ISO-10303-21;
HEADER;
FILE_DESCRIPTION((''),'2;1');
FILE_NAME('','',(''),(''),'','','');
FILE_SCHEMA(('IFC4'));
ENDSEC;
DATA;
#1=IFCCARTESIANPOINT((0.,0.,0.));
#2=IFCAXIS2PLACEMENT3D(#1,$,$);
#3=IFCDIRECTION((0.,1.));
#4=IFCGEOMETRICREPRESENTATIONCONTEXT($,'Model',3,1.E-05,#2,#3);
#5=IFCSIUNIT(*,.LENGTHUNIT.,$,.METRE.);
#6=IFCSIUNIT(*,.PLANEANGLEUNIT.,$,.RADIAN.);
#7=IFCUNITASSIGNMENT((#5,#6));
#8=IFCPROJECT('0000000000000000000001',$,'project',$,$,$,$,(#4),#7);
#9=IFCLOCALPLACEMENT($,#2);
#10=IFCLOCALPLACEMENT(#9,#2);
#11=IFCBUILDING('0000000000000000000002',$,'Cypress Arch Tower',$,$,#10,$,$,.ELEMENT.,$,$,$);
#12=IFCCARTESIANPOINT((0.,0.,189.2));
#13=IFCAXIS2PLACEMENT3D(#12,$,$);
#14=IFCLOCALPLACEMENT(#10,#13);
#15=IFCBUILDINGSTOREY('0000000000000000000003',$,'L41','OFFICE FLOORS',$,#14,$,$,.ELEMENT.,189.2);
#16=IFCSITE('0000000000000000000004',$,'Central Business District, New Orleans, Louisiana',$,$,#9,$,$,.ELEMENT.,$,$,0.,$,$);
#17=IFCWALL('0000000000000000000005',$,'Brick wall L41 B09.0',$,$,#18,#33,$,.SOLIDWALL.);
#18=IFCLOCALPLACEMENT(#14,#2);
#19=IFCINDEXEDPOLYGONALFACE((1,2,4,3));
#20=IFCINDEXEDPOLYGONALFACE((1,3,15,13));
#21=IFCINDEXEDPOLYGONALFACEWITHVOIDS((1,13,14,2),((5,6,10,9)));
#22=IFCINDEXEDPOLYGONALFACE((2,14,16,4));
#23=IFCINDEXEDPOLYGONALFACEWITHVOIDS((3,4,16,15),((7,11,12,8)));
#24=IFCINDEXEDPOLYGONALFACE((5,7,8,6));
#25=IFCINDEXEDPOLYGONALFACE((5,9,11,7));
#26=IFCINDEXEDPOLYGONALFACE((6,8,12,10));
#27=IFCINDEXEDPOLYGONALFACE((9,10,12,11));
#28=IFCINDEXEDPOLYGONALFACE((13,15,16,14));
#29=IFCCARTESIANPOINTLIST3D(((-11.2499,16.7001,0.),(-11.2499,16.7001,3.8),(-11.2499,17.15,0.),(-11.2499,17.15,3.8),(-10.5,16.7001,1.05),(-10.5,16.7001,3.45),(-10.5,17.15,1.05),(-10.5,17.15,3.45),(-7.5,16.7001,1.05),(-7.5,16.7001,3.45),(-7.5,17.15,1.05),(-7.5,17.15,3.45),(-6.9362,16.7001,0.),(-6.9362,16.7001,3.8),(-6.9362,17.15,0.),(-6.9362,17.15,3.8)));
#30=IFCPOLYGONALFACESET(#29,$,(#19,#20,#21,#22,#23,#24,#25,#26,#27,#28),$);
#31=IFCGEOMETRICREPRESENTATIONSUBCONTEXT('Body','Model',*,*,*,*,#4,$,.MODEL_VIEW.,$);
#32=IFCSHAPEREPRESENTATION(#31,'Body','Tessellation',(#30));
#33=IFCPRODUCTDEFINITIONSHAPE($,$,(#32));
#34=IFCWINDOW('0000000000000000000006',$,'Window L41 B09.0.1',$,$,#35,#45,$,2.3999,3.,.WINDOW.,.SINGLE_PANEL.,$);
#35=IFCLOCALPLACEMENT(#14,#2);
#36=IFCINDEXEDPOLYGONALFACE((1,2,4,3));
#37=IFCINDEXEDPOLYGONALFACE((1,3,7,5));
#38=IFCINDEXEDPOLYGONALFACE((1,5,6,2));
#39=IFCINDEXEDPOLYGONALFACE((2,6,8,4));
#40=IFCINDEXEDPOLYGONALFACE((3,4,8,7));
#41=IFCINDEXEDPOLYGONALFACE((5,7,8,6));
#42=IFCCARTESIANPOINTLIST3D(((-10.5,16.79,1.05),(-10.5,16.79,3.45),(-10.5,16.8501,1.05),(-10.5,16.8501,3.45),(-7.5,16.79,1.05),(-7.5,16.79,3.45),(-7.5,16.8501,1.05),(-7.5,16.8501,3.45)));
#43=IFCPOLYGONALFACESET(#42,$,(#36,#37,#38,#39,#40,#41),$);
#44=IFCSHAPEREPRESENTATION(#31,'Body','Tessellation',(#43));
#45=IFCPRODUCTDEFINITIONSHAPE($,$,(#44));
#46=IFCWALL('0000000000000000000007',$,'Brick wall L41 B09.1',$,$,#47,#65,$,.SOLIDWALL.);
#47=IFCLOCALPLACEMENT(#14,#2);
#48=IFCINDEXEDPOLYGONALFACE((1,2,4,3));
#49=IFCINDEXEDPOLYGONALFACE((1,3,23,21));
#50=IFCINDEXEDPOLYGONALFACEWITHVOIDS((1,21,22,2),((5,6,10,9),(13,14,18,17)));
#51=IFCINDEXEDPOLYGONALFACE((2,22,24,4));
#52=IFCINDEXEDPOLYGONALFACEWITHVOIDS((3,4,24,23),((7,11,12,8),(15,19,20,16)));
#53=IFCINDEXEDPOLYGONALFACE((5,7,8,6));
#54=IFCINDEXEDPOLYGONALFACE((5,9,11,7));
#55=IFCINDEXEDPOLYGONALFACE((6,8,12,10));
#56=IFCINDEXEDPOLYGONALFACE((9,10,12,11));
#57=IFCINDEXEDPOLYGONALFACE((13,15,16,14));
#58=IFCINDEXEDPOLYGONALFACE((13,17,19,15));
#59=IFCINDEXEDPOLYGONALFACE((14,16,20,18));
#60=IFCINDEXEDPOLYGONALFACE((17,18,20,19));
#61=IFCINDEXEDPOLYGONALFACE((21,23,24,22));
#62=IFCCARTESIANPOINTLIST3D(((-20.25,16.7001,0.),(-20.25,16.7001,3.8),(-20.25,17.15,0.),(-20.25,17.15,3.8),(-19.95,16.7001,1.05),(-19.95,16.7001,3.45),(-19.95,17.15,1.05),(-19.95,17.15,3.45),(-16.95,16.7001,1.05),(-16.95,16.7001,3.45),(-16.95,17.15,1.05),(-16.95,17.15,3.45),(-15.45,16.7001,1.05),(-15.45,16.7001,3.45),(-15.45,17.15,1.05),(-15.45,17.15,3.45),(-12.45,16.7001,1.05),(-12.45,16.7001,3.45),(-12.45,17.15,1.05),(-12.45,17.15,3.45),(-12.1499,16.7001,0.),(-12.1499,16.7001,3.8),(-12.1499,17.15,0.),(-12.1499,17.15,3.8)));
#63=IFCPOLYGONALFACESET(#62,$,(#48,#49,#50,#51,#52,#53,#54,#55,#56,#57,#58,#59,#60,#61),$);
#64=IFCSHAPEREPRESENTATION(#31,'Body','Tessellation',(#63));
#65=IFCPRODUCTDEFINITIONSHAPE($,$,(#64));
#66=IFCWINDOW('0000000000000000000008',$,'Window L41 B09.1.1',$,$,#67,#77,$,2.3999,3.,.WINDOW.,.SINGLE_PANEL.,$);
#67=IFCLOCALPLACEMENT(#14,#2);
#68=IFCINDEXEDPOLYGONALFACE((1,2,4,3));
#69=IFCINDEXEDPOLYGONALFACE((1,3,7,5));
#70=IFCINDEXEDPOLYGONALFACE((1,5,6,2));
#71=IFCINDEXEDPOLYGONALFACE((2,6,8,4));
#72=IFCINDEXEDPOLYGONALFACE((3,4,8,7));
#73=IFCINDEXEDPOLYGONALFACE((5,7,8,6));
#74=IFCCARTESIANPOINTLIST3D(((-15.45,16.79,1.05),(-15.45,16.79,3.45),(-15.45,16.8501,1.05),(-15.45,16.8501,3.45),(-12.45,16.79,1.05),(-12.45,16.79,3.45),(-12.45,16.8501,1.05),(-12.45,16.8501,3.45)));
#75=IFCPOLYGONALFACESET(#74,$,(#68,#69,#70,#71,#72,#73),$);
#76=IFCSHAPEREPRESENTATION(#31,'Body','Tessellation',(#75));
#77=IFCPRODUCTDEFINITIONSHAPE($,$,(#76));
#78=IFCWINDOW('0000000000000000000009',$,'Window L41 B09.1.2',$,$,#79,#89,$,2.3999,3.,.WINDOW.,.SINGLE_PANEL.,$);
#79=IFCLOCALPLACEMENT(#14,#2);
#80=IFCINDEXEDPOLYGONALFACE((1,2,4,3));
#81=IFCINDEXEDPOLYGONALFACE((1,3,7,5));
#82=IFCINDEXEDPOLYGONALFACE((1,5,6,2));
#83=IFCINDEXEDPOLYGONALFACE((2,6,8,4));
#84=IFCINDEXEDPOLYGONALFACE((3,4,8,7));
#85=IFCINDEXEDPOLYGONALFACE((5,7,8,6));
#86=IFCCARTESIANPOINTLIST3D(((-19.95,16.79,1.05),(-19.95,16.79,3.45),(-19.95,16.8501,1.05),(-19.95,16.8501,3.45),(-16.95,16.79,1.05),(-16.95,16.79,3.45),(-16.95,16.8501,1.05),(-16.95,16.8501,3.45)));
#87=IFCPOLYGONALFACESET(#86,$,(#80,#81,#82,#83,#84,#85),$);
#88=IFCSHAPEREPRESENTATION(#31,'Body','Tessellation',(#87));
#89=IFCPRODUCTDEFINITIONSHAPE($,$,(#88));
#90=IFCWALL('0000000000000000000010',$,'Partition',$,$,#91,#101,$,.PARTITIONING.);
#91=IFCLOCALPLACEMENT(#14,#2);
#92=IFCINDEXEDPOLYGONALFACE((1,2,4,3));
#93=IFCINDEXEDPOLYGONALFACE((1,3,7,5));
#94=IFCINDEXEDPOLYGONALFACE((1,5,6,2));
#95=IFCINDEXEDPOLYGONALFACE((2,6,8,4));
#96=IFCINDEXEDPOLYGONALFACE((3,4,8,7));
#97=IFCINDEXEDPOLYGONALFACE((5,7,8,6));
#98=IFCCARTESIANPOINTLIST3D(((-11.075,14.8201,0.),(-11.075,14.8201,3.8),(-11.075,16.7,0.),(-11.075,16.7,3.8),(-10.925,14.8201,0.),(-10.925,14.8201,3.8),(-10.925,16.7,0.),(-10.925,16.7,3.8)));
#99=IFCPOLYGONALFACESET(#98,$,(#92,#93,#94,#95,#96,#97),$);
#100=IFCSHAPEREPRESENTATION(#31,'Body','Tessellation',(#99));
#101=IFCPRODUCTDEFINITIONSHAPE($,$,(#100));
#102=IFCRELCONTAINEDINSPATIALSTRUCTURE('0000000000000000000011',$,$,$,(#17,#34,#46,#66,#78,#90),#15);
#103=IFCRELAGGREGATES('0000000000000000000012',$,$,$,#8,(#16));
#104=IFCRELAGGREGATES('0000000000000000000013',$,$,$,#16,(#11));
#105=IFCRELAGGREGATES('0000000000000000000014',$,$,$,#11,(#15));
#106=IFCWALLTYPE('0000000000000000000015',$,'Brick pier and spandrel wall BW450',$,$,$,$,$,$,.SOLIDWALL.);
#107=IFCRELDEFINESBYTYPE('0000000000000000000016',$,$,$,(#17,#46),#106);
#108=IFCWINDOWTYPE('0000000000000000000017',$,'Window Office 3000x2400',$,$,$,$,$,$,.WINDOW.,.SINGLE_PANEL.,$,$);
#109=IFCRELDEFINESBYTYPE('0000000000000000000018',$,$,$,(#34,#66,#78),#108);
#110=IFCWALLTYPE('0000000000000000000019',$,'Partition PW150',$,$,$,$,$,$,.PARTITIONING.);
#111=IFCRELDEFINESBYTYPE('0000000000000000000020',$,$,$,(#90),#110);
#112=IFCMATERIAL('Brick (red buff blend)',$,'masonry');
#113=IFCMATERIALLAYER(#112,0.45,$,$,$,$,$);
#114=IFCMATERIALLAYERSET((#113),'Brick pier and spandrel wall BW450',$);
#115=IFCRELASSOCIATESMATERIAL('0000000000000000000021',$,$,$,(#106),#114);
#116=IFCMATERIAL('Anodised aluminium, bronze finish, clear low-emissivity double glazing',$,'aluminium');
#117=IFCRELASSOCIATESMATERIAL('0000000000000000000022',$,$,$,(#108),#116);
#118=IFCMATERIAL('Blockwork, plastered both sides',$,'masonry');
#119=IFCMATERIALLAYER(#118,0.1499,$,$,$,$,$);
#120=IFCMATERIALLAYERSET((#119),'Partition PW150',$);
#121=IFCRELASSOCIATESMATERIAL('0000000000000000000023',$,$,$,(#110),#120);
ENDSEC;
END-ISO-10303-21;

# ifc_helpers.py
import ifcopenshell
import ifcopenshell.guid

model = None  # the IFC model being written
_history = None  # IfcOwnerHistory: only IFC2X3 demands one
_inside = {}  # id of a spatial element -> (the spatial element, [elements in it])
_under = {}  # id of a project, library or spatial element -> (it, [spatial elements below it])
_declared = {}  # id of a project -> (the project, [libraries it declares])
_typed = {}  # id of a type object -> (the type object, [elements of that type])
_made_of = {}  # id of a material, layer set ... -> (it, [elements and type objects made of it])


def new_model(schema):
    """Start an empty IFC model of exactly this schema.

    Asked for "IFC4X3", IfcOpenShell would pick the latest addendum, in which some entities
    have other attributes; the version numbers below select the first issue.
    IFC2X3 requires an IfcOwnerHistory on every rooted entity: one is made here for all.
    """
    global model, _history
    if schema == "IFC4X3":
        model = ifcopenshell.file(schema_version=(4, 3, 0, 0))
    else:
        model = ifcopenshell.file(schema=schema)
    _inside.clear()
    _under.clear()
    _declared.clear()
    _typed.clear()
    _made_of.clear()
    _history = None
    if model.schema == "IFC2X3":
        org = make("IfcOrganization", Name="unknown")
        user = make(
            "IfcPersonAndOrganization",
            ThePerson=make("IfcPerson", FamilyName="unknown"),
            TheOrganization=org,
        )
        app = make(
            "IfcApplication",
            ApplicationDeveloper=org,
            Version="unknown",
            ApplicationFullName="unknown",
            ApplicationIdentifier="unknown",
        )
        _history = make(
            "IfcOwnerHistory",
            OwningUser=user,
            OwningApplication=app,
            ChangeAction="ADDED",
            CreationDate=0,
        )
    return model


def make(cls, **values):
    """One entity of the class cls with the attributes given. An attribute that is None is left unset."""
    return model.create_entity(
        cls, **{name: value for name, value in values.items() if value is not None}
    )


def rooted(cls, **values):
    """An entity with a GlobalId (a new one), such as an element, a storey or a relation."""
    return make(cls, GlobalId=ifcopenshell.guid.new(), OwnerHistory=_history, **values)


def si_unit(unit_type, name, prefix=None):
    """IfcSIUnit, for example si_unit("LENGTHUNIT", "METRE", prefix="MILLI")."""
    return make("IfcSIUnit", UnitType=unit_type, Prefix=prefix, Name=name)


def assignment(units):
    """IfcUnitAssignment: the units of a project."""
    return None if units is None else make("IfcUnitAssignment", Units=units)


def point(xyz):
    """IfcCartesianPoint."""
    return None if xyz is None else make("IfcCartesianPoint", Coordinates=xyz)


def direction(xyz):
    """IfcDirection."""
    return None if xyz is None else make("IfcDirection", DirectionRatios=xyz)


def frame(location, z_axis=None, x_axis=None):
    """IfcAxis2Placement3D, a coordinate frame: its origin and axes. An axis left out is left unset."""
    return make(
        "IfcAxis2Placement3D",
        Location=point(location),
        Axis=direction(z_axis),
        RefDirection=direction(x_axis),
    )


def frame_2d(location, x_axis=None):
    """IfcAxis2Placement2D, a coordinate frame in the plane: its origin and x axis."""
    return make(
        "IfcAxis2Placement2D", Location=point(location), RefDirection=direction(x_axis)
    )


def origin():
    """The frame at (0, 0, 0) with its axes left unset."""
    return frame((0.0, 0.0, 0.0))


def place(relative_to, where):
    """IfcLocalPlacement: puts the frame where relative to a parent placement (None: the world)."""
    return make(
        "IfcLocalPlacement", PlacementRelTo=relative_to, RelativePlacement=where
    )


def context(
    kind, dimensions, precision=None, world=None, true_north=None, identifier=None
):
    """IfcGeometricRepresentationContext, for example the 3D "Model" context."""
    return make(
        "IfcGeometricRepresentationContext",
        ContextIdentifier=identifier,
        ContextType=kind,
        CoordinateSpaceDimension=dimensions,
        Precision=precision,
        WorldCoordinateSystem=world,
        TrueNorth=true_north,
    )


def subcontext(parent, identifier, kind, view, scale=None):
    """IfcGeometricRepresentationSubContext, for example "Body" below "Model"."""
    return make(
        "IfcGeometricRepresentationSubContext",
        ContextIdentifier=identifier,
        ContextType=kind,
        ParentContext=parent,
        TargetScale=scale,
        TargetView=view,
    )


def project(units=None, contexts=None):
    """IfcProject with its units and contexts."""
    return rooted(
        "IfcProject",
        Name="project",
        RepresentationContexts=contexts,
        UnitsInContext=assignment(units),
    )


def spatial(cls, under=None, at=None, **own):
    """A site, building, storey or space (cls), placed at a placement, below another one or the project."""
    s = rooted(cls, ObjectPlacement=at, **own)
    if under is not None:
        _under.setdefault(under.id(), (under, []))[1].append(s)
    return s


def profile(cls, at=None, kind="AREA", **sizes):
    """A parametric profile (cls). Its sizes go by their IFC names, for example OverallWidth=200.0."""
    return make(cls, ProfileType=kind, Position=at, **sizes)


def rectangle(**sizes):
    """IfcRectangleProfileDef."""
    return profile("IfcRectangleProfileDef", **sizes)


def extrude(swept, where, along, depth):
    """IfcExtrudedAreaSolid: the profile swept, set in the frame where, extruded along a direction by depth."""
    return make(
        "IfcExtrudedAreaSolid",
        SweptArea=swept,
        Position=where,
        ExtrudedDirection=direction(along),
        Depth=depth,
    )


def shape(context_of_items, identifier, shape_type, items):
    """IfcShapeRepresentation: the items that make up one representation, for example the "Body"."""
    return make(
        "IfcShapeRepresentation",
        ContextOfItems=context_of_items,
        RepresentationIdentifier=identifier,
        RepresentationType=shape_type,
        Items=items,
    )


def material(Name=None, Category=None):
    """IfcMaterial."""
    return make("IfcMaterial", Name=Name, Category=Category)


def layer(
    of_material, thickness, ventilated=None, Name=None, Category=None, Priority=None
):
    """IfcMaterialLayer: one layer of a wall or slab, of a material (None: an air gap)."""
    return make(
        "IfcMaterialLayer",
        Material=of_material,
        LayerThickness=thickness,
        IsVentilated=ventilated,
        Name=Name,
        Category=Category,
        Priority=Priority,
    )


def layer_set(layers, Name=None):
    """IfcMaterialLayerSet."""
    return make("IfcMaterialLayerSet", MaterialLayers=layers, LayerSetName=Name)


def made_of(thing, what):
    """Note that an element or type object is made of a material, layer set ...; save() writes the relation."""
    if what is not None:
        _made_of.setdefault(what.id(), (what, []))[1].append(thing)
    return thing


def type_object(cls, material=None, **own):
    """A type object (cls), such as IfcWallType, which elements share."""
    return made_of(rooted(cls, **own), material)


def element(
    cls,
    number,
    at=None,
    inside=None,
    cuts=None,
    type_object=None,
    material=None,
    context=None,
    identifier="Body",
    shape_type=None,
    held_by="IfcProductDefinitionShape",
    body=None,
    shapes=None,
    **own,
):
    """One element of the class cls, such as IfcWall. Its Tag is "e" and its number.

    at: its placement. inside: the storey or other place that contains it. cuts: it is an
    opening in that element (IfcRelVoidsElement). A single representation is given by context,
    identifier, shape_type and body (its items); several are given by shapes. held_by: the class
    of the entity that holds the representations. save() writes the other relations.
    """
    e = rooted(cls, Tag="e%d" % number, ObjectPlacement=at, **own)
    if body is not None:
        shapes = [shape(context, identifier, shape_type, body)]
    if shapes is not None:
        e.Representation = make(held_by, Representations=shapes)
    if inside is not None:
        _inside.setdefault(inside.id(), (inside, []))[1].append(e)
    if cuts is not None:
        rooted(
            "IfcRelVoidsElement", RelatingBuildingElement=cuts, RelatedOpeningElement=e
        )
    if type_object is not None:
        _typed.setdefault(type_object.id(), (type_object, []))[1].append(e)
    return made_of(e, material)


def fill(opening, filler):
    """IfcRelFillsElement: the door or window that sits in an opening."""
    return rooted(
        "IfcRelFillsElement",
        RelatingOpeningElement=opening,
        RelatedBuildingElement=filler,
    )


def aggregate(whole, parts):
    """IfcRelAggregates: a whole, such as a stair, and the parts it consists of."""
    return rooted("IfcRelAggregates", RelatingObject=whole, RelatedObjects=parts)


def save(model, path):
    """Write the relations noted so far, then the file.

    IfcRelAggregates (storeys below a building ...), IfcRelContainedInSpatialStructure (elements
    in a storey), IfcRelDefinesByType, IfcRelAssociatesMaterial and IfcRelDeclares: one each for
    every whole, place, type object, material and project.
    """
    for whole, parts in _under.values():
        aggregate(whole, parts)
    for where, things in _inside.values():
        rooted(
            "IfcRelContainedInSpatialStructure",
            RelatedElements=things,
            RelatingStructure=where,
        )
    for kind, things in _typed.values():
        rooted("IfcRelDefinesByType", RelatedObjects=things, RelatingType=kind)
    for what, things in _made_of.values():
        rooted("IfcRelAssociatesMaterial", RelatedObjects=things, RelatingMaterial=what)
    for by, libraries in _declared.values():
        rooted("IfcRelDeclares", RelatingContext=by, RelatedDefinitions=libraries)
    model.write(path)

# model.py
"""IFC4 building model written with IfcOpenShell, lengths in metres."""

from ifc_helpers import new_model, si_unit, direction, frame, frame_2d, origin, place, context, subcontext, project, spatial, rectangle, extrude, material, layer, layer_set, type_object, element, fill, save


model = new_model("IFC4")

# Units and contexts
model_context = context("Model", 3, precision=1e-05, world=origin(), true_north=direction((0.0, 1.0)))
body_context = subcontext(model_context, "Body", "Model", "MODEL_VIEW")
ifc_project = project(units=[si_unit("LENGTHUNIT", "METRE"), si_unit("PLANEANGLEUNIT", "RADIAN")], contexts=[model_context])

# Site, building, storey
site_placement = place(None, origin())
site = spatial("IfcSite", under=ifc_project, at=site_placement, Name="Central Business District, New Orleans, Louisiana", CompositionType="ELEMENT", RefElevation=0.0)
building_placement = place(site_placement, origin())
building = spatial("IfcBuilding", under=site, at=building_placement, Name="Cypress Arch Tower", CompositionType="ELEMENT")
storey_placement = place(building_placement, frame((0.0, 0.0, 189.2)))
storey = spatial("IfcBuildingStorey", under=building, at=storey_placement, Name="L41", Description="OFFICE FLOORS", CompositionType="ELEMENT", Elevation=189.2)

# Wall, opening, window
ifc_material_1 = material(Name="Brick (red buff blend)", Category="masonry")
ifc_layer_1 = layer(ifc_material_1, 0.45)
ifc_layer_set_1 = layer_set([ifc_layer_1], Name="Brick pier and spandrel wall BW450")
wall_type_1 = type_object("IfcWallType", Name="Brick pier and spandrel wall BW450", PredefinedType="SOLIDWALL", material=ifc_layer_set_1)
wall_1_placement = place(storey_placement, frame((-6.9363, 16.925, 0.0), z_axis=(0.0, 0.0, 1.0), x_axis=(-1.0, 0.0, 0.0)))
wall_1 = element("IfcWall", 1, at=wall_1_placement, inside=storey, type_object=wall_type_1, Name="Brick wall L41 B09.0", PredefinedType="SOLIDWALL", context=body_context, shape_type="SweptSolid", body=[
    extrude(rectangle(XDim=4.3137, YDim=0.45, at=frame_2d((2.1567, 0.0))), origin(), (0.0, 0.0, 1.0), 3.8),
])
opening_1_placement = place(wall_1_placement, frame((0.5637, 0.0, 1.05)))
opening_1 = element("IfcOpeningElement", 2, at=opening_1_placement, cuts=wall_1, PredefinedType="OPENING", context=body_context, shape_type="SweptSolid", body=[
    extrude(rectangle(XDim=3.0, YDim=2.3999, at=frame_2d((1.5, 1.2))), frame((0.0, 0.2349, 0.0), z_axis=(0.0, -1.0, 0.0), x_axis=(1.0, 0.0, 0.0)), (0.0, 0.0, 1.0), 0.47),
])
ifc_material_2 = material(Name="Anodised aluminium, bronze finish, clear low-emissivity double glazing", Category="aluminium")
window_type = type_object("IfcWindowType", Name="Window Office 3000x2400", PartitioningType="SINGLE_PANEL", PredefinedType="WINDOW", material=ifc_material_2)
window_1_placement = place(opening_1_placement, origin())
window_1 = element("IfcWindow", 3, at=window_1_placement, inside=storey, type_object=window_type, Name="Window L41 B09.0.1", OverallHeight=2.3999, OverallWidth=3.0, PartitioningType="SINGLE_PANEL", PredefinedType="WINDOW", context=body_context, shape_type="SweptSolid", body=[
    extrude(rectangle(XDim=3.0, YDim=2.3999, at=frame_2d((1.5, 1.2))), frame((0.0, 0.135, 0.0), z_axis=(0.0, -1.0, 0.0), x_axis=(1.0, 0.0, 0.0)), (0.0, 0.0, 1.0), 0.0601),
])
fill(opening_1, window_1)

# Wall, openings, windows
wall_2_placement = place(storey_placement, frame((-12.1499, 16.925, 0.0), z_axis=(0.0, 0.0, 1.0), x_axis=(-1.0, 0.0, 0.0)))
wall_2 = element("IfcWall", 4, at=wall_2_placement, inside=storey, type_object=wall_type_1, Name="Brick wall L41 B09.1", PredefinedType="SOLIDWALL", context=body_context, shape_type="SweptSolid", body=[
    extrude(rectangle(XDim=8.1001, YDim=0.45, at=frame_2d((4.05, 0.0))), origin(), (0.0, 0.0, 1.0), 3.8),
])
opening_2_placement = place(wall_2_placement, frame((0.3, 0.0, 1.05)))
opening_2 = element("IfcOpeningElement", 5, at=opening_2_placement, cuts=wall_2, PredefinedType="OPENING", context=body_context, shape_type="SweptSolid", body=[
    extrude(rectangle(XDim=3.0, YDim=2.3999, at=frame_2d((1.5, 1.2))), frame((0.0, 0.2349, 0.0), z_axis=(0.0, -1.0, 0.0), x_axis=(1.0, 0.0, 0.0)), (0.0, 0.0, 1.0), 0.47),
])
opening_3_placement = place(wall_2_placement, frame((4.8, 0.0, 1.05)))
opening_3 = element("IfcOpeningElement", 6, at=opening_3_placement, cuts=wall_2, PredefinedType="OPENING", context=body_context, shape_type="SweptSolid", body=[
    extrude(rectangle(XDim=3.0, YDim=2.3999, at=frame_2d((1.5, 1.2))), frame((0.0, 0.2349, 0.0), z_axis=(0.0, -1.0, 0.0), x_axis=(1.0, 0.0, 0.0)), (0.0, 0.0, 1.0), 0.47),
])
window_2_placement = place(opening_2_placement, origin())
window_2 = element("IfcWindow", 7, at=window_2_placement, inside=storey, type_object=window_type, Name="Window L41 B09.1.1", OverallHeight=2.3999, OverallWidth=3.0, PartitioningType="SINGLE_PANEL", PredefinedType="WINDOW", context=body_context, shape_type="SweptSolid", body=[
    extrude(rectangle(XDim=3.0, YDim=2.3999, at=frame_2d((1.5, 1.2))), frame((0.0, 0.135, 0.0), z_axis=(0.0, -1.0, 0.0), x_axis=(1.0, 0.0, 0.0)), (0.0, 0.0, 1.0), 0.0601),
])
fill(opening_2, window_2)
window_3_placement = place(opening_3_placement, origin())
window_3 = element("IfcWindow", 8, at=window_3_placement, inside=storey, type_object=window_type, Name="Window L41 B09.1.2", OverallHeight=2.3999, OverallWidth=3.0, PartitioningType="SINGLE_PANEL", PredefinedType="WINDOW", context=body_context, shape_type="SweptSolid", body=[
    extrude(rectangle(XDim=3.0, YDim=2.3999, at=frame_2d((1.5, 1.2))), frame((0.0, 0.135, 0.0), z_axis=(0.0, -1.0, 0.0), x_axis=(1.0, 0.0, 0.0)), (0.0, 0.0, 1.0), 0.0601),
])
fill(opening_3, window_3)

# Wall
ifc_material_3 = material(Name="Blockwork, plastered both sides", Category="masonry")
ifc_layer_2 = layer(ifc_material_3, 0.1499)
ifc_layer_set_2 = layer_set([ifc_layer_2], Name="Partition PW150")
wall_type_2 = type_object("IfcWallType", Name="Partition PW150", PredefinedType="PARTITIONING", material=ifc_layer_set_2)
wall_3_placement = place(storey_placement, frame((-11.0, 14.8201, 0.0), z_axis=(0.0, 0.0, 1.0), x_axis=(0.0, 1.0, 0.0)))
element("IfcWall", 9, at=wall_3_placement, inside=storey, type_object=wall_type_2, Name="Partition", PredefinedType="PARTITIONING", context=body_context, shape_type="SweptSolid", body=[
    extrude(rectangle(XDim=1.8799, YDim=0.1499, at=frame_2d((0.9399, 0.0))), origin(), (0.0, 0.0, 1.0), 3.8),
])

save(model, "model.ifc")
